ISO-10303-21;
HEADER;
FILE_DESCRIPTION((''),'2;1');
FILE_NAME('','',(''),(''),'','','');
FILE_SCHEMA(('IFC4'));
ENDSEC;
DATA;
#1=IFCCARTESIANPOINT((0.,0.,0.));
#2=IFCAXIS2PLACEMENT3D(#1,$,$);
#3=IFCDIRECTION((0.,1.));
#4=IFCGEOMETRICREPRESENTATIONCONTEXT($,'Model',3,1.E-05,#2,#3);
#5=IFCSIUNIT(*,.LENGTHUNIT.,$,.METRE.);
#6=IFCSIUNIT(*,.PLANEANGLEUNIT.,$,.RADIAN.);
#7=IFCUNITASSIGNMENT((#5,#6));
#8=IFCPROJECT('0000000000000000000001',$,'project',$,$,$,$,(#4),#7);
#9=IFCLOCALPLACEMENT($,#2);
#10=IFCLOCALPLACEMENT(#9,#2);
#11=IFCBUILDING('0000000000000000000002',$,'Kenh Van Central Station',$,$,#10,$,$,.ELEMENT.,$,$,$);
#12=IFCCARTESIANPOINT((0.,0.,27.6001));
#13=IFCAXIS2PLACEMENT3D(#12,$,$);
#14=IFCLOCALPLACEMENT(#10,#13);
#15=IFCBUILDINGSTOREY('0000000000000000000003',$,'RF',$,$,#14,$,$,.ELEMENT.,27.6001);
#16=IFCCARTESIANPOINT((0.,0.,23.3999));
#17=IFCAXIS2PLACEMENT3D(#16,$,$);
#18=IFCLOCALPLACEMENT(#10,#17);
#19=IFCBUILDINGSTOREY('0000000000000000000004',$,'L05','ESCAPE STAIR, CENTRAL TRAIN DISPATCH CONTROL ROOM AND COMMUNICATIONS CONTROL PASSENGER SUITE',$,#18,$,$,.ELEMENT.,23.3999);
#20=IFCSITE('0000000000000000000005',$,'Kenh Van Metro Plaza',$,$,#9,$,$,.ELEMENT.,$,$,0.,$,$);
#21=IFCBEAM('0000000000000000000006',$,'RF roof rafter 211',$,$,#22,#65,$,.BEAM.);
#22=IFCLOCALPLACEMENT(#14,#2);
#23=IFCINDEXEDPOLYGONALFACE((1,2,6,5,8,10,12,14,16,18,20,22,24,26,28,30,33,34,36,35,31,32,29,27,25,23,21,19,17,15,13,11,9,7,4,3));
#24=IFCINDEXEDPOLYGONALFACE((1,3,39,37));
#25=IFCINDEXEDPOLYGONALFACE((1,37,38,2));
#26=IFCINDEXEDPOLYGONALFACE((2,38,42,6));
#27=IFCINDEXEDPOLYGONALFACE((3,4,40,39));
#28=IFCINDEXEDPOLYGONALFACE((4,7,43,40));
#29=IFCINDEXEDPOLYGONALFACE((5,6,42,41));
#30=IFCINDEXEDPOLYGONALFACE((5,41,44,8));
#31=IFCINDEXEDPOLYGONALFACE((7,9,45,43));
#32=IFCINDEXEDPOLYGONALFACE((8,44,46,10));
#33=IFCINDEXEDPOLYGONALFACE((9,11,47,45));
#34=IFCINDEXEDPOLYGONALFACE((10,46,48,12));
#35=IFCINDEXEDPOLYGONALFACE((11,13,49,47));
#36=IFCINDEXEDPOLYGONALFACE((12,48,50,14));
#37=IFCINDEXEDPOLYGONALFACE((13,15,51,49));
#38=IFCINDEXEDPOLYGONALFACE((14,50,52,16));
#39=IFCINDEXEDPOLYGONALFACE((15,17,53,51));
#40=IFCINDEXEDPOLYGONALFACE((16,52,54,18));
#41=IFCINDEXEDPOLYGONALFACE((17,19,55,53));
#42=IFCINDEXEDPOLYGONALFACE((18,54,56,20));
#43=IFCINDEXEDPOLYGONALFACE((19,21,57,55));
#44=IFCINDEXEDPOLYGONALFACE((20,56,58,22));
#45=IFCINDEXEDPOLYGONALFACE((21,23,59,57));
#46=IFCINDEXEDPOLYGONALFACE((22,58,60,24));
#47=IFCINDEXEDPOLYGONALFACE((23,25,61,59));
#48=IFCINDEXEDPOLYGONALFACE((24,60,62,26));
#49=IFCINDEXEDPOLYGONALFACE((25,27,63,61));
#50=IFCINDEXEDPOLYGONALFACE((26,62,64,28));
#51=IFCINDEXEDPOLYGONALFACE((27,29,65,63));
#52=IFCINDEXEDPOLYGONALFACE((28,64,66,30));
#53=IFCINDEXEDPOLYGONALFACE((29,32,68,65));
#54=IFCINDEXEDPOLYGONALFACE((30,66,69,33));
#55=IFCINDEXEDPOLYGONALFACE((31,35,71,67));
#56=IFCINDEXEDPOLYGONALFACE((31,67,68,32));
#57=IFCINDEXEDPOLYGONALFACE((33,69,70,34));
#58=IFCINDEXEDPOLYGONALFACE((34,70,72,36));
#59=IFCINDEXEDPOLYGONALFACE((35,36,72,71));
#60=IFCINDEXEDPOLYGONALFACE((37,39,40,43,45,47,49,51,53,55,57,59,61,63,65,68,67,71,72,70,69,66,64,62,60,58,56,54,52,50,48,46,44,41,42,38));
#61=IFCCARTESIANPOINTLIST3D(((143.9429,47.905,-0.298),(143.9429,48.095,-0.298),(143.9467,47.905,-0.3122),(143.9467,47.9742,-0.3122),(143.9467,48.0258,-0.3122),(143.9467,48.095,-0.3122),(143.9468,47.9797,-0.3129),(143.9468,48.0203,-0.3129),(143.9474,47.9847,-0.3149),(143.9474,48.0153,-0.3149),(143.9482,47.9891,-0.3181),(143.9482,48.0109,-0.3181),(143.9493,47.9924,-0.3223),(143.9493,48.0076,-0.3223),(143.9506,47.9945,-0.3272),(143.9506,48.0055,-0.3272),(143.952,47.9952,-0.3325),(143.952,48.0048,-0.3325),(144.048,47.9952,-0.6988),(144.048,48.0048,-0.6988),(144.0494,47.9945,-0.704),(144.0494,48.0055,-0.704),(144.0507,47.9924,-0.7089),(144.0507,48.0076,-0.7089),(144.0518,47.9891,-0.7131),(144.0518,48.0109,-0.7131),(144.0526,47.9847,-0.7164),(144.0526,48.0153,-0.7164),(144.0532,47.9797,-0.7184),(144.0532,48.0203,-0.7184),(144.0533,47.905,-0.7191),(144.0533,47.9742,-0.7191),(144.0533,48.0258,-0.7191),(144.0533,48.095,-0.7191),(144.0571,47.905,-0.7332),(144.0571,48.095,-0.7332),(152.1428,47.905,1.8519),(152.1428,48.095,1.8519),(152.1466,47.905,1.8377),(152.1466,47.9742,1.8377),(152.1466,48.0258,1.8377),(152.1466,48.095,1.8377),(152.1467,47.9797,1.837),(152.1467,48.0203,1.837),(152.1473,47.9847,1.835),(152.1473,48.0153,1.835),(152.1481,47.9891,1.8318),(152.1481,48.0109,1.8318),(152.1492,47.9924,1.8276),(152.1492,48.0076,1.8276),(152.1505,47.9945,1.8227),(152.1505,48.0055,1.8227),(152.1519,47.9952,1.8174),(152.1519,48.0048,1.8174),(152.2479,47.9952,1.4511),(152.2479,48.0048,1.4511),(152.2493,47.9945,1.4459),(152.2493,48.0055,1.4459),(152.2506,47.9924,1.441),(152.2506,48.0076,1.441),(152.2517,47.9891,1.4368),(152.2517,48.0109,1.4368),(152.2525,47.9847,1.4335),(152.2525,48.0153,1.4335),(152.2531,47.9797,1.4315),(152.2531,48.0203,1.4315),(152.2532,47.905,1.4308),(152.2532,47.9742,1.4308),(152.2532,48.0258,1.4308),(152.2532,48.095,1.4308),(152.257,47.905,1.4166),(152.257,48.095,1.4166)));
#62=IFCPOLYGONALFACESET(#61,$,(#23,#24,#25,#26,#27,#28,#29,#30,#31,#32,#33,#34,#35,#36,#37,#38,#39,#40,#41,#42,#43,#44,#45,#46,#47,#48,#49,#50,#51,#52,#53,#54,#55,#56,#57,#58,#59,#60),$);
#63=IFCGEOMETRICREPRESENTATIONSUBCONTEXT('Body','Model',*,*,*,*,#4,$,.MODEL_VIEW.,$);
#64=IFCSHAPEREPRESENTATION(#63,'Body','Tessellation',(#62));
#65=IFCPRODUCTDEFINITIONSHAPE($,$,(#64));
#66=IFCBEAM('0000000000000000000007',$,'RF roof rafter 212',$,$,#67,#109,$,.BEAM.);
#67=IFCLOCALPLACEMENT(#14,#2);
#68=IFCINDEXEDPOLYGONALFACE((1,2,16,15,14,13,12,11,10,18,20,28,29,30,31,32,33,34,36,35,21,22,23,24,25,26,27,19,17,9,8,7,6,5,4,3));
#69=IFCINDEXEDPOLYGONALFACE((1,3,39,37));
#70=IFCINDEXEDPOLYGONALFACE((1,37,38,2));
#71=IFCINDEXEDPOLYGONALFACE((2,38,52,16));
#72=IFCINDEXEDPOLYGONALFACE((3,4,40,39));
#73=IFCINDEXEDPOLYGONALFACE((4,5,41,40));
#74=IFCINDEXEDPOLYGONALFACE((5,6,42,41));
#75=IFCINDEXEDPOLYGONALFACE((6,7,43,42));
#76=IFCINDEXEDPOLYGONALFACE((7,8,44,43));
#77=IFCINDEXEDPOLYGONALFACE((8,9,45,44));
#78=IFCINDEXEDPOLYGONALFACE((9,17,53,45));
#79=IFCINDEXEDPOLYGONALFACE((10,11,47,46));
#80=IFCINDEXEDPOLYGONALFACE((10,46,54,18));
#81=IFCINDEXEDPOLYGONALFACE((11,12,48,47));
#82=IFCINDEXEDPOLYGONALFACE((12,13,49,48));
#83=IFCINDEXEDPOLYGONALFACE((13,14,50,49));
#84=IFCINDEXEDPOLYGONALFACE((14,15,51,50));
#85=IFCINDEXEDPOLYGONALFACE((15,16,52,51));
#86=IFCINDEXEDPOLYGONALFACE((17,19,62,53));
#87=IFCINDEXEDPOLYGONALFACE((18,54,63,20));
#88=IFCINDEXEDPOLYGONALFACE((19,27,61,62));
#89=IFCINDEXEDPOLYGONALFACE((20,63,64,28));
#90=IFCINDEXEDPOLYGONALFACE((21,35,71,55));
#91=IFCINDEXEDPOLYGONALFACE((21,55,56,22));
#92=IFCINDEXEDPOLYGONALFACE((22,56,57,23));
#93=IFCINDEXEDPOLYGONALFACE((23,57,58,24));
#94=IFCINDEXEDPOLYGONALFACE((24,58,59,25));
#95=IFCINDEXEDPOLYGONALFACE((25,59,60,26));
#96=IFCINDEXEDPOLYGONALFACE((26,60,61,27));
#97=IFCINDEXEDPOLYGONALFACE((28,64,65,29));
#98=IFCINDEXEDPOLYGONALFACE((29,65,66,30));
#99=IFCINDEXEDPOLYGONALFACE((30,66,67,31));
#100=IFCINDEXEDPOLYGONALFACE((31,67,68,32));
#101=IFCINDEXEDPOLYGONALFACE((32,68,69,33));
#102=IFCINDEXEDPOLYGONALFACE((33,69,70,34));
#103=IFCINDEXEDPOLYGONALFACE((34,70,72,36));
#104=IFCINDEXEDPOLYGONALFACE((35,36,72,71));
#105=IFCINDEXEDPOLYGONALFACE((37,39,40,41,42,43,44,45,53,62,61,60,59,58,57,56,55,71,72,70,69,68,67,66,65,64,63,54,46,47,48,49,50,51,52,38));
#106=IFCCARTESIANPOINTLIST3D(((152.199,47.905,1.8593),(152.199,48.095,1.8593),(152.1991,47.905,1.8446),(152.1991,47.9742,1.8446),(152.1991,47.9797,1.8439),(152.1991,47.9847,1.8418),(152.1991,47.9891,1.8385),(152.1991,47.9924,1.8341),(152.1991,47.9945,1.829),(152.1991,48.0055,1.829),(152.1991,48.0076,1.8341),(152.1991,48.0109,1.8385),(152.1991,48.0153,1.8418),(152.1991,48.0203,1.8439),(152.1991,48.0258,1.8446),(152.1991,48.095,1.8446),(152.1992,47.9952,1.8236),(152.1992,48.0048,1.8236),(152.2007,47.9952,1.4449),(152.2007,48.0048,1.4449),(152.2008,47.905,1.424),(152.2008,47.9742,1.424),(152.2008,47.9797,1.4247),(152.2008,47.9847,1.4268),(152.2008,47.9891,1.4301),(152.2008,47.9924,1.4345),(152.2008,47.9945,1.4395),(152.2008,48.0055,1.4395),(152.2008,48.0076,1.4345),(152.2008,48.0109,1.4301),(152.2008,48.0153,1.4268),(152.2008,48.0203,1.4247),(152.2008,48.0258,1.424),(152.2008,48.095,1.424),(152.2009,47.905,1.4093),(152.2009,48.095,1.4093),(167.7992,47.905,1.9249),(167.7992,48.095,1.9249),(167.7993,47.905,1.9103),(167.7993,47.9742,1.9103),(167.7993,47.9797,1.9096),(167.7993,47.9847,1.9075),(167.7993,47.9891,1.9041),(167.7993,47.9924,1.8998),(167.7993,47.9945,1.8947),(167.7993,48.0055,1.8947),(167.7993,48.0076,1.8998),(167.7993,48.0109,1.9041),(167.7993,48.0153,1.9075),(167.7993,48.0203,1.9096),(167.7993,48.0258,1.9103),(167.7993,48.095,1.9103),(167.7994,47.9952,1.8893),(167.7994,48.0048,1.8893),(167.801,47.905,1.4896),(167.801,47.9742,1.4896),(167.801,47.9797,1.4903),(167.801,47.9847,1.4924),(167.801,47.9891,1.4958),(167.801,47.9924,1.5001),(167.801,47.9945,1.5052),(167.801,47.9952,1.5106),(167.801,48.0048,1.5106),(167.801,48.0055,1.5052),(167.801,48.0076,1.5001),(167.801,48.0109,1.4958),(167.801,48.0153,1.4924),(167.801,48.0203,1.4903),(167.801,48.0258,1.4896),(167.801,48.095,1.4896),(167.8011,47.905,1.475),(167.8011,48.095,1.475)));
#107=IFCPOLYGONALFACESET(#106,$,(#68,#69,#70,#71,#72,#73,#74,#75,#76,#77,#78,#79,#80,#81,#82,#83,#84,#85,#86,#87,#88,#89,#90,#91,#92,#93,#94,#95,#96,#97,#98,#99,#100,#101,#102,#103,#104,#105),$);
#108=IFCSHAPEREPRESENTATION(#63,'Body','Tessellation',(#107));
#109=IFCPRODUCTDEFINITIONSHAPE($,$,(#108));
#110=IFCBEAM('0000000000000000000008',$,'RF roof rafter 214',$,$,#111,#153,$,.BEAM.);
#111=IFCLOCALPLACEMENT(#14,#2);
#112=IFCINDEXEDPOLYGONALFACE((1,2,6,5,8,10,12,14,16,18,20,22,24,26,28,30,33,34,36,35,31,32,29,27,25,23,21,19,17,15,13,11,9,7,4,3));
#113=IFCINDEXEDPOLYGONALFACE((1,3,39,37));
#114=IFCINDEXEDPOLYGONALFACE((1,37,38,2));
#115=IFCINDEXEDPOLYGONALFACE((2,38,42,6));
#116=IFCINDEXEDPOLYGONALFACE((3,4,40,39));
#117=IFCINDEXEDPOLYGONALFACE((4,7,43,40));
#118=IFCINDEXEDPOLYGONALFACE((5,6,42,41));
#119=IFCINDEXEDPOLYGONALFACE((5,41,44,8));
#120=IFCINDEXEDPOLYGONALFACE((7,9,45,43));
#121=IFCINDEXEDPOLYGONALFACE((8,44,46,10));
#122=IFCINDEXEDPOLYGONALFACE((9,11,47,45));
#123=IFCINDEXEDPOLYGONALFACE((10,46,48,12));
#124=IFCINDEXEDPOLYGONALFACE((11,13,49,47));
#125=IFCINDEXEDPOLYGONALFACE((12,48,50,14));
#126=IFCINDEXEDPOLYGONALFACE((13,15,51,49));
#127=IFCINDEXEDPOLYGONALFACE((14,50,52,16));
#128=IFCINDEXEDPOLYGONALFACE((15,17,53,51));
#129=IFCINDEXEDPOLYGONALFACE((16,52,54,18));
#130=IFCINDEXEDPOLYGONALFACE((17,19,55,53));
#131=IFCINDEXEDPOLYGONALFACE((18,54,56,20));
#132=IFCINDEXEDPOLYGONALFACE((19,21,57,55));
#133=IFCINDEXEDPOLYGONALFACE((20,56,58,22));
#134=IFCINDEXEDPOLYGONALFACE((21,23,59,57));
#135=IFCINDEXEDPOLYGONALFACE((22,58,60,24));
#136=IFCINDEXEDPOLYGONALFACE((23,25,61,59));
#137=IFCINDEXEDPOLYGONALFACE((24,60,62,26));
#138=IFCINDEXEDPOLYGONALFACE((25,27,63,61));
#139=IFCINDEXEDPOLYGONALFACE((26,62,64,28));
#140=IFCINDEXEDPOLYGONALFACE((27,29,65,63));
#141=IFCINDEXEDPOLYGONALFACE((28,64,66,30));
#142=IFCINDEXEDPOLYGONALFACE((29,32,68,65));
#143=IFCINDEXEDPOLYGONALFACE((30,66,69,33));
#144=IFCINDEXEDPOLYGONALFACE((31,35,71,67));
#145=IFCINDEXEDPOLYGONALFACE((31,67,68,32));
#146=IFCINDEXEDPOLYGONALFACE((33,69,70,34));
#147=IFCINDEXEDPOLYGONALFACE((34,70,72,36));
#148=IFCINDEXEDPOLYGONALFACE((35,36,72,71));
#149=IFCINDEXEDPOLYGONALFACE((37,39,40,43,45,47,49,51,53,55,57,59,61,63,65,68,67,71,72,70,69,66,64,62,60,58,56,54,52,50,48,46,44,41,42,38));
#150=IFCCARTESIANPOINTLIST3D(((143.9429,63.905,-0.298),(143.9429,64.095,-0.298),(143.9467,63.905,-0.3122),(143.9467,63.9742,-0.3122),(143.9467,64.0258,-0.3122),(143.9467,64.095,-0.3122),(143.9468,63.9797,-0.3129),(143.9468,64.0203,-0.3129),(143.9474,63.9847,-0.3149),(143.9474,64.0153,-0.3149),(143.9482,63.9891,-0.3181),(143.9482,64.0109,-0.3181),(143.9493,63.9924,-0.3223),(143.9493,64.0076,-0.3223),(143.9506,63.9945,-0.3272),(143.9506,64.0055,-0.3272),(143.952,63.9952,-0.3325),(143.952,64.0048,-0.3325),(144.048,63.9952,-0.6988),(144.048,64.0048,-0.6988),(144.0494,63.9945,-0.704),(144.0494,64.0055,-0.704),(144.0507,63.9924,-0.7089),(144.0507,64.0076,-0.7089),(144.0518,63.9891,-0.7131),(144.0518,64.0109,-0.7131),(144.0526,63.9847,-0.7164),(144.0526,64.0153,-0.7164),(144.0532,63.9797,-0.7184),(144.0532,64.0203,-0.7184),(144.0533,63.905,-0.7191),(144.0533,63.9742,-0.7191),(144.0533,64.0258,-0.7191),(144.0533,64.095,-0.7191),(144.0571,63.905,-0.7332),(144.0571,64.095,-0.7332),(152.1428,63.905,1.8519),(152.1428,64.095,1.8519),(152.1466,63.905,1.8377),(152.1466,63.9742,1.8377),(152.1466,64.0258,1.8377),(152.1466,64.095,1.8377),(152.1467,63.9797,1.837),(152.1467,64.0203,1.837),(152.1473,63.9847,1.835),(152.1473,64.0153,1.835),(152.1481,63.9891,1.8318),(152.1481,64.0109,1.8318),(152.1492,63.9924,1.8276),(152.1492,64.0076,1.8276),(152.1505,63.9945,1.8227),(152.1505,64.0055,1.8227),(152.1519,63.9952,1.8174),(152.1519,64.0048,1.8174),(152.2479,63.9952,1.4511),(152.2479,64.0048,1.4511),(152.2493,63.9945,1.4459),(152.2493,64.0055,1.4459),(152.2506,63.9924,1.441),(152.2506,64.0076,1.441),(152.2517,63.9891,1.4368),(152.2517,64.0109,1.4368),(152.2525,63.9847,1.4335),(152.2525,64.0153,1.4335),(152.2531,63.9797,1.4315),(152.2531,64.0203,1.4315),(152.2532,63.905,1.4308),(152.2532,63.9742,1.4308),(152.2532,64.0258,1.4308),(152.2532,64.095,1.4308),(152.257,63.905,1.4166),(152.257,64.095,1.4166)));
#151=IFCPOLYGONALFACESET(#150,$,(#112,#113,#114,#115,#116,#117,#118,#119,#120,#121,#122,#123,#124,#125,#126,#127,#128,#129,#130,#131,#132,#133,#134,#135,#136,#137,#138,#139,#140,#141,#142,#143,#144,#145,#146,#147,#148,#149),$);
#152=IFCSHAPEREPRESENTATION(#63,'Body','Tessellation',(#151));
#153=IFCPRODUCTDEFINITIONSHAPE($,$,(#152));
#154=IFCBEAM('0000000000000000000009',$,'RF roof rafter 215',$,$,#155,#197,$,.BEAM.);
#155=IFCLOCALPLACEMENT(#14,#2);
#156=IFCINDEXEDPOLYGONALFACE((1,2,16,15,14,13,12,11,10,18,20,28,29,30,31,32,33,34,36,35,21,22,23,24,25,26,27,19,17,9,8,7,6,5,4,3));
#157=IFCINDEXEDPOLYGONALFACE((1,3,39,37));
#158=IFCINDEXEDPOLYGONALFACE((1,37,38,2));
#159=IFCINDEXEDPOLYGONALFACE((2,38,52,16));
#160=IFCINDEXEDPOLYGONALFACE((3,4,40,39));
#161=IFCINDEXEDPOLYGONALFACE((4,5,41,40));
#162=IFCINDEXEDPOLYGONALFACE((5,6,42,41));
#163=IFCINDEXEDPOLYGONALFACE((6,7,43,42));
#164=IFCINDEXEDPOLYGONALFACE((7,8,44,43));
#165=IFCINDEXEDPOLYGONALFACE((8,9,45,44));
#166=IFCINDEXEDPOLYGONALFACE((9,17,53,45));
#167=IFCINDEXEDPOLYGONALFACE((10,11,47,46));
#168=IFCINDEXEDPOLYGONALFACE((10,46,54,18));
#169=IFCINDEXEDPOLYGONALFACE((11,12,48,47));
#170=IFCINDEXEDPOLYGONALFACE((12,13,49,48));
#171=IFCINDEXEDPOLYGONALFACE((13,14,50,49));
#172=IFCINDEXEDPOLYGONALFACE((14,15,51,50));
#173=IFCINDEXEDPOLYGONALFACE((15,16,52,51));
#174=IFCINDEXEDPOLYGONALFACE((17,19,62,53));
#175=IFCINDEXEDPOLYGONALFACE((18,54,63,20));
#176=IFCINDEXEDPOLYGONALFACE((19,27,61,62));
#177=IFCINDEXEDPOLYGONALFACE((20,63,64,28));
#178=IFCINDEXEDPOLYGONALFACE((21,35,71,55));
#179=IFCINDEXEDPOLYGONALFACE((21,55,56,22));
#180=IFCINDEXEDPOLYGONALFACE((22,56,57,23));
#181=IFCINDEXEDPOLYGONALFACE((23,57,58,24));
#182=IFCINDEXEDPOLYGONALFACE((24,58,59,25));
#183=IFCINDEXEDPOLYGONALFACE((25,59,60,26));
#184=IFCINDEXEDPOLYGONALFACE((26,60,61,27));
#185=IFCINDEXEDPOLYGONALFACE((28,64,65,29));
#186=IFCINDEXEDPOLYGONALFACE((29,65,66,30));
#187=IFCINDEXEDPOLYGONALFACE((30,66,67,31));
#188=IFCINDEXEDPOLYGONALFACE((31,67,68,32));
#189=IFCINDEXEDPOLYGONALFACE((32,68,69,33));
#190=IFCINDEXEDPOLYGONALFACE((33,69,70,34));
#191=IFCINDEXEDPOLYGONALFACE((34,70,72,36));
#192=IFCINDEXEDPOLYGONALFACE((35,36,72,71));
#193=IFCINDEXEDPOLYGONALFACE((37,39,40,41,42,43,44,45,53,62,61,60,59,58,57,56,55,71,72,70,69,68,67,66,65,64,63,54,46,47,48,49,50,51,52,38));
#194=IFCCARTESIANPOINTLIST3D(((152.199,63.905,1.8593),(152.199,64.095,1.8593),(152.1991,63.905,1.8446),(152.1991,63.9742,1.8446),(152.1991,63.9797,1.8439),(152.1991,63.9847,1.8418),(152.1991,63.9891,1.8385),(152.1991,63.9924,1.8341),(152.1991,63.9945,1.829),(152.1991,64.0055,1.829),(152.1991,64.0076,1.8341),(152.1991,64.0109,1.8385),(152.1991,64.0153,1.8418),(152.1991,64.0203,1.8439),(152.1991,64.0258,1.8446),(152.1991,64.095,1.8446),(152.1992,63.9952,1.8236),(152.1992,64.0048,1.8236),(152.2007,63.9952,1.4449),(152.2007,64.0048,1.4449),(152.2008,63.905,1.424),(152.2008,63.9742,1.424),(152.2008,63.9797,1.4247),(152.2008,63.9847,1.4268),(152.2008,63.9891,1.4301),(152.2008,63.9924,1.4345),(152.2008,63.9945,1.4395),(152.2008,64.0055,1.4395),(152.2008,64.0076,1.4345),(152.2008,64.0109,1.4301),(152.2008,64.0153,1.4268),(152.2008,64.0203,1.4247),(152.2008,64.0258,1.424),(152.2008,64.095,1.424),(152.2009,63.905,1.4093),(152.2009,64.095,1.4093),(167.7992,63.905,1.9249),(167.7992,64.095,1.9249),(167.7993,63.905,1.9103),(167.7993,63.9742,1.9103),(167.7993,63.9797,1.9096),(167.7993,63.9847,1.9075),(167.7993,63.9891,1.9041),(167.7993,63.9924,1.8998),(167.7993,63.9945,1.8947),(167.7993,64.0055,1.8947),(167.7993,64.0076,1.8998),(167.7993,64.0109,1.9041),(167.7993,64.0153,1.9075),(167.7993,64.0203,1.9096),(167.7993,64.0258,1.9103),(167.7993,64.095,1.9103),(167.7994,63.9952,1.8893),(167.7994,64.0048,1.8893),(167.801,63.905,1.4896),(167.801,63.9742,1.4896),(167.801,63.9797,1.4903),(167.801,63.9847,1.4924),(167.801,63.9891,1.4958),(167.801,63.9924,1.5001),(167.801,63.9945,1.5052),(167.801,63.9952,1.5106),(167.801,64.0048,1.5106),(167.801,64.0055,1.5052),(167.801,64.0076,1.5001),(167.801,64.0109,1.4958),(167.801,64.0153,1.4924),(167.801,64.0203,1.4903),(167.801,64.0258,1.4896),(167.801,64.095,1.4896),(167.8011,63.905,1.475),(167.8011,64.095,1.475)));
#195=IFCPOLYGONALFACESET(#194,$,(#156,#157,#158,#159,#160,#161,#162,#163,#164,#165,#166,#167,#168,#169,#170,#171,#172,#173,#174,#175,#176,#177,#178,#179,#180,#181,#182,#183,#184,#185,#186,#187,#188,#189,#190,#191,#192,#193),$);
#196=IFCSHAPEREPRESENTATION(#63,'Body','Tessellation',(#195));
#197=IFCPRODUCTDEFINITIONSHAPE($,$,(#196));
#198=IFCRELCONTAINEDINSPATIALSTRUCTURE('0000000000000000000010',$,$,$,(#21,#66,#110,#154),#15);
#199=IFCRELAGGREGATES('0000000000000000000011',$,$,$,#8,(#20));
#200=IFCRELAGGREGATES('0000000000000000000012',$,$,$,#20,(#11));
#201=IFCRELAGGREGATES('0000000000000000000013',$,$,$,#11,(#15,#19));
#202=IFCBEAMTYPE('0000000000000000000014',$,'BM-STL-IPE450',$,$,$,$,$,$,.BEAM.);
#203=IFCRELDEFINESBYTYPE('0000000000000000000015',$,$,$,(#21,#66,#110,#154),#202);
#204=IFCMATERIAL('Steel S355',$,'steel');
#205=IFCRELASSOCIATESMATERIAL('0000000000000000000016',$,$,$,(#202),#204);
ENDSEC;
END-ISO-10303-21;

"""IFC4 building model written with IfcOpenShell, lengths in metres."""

from ifc_helpers import new_model, si_unit, direction, frame, origin, origin_2d, place, context, subcontext, project, spatial, i_section, extrude, material, material_profile, profile_set, type_object, element, save


model = new_model("IFC4")

# Units and contexts
model_context = context("Model", 3, precision=1e-05, world=origin(), true_north=direction((0.0, 1.0)))
body_context = subcontext(model_context, "Body", "Model", "MODEL_VIEW")
ifc_project = project(units=[si_unit("LENGTHUNIT", "METRE"), si_unit("PLANEANGLEUNIT", "RADIAN")], contexts=[model_context])

# Site, building, storey
site_placement = place(None, origin())
site = spatial("IfcSite", under=ifc_project, at=site_placement, Name="Kenh Van Metro Plaza", CompositionType="ELEMENT", RefElevation=0.0)
building_placement = place(site_placement, origin())
building = spatial("IfcBuilding", under=site, at=building_placement, Name="Kenh Van Central Station", CompositionType="ELEMENT")
storey_1_placement = place(building_placement, frame((0.0, 0.0, 27.6001)))
storey_1 = spatial("IfcBuildingStorey", under=building, at=storey_1_placement, Name="RF", CompositionType="ELEMENT", Elevation=27.6001)

# Beams
ifc_material_1 = material(Name="Steel S355", Category="steel")
ifc_material_profile_1 = material_profile(ifc_material_1, i_section(OverallWidth=0.1899, OverallDepth=0.45, WebThickness=0.0095, FlangeThickness=0.0146, FilletRadius=0.021, at=origin_2d()), Name="IPE 450")
ifc_profile_set_1 = profile_set([ifc_material_profile_1], Name="Steel S355")
beam_type = type_object("IfcBeamType", Name="BM-STL-IPE450", PredefinedType="BEAM", material=ifc_profile_set_1)
beam_1_placement = place(storey_1_placement, frame((144.0, 48.0, -0.5156), z_axis=(0.967306, 0.0, 0.253613), x_axis=(0.0, 1.0, 0.0)))
element("IfcBeam", 1, at=beam_1_placement, inside=storey_1, type_object=beam_type, Name="RF roof rafter 211", PredefinedType="BEAM", context=body_context, shape_type="SweptSolid", body=[
    extrude(i_section(OverallWidth=0.1899, OverallDepth=0.45, WebThickness=0.0095, FlangeThickness=0.0146, FilletRadius=0.021, at=origin_2d()), origin(), (0.0, 0.0, 1.0), 8.4771),
])
beam_2_placement = place(storey_1_placement, frame((152.2, 48.0, 1.6343), z_axis=(0.999991, 0.0, 0.00421), x_axis=(0.0, 1.0, 0.0)))
element("IfcBeam", 2, at=beam_2_placement, inside=storey_1, type_object=beam_type, Name="RF roof rafter 212", PredefinedType="BEAM", context=body_context, shape_type="SweptSolid", body=[
    extrude(i_section(OverallWidth=0.1899, OverallDepth=0.45, WebThickness=0.0095, FlangeThickness=0.0146, FilletRadius=0.021, at=origin_2d()), origin(), (0.0, 0.0, 1.0), 15.6003),
])
beam_3_placement = place(storey_1_placement, frame((144.0, 64.0, -0.5156), z_axis=(0.967306, 0.0, 0.253613), x_axis=(0.0, 1.0, 0.0)))
element("IfcBeam", 3, at=beam_3_placement, inside=storey_1, type_object=beam_type, Name="RF roof rafter 214", PredefinedType="BEAM", context=body_context, shape_type="SweptSolid", body=[
    extrude(i_section(OverallWidth=0.1899, OverallDepth=0.45, WebThickness=0.0095, FlangeThickness=0.0146, FilletRadius=0.021, at=origin_2d()), origin(), (0.0, 0.0, 1.0), 8.4771),
])
beam_4_placement = place(storey_1_placement, frame((152.2, 64.0, 1.6343), z_axis=(0.999991, 0.0, 0.00421), x_axis=(0.0, 1.0, 0.0)))
element("IfcBeam", 4, at=beam_4_placement, inside=storey_1, type_object=beam_type, Name="RF roof rafter 215", PredefinedType="BEAM", context=body_context, shape_type="SweptSolid", body=[
    extrude(i_section(OverallWidth=0.1899, OverallDepth=0.45, WebThickness=0.0095, FlangeThickness=0.0146, FilletRadius=0.021, at=origin_2d()), origin(), (0.0, 0.0, 1.0), 15.6003),
])

# Shared definitions
storey_2_placement = place(building_placement, frame((0.0, 0.0, 23.3999)))
storey_2 = spatial("IfcBuildingStorey", under=building, at=storey_2_placement, Name="L05", Description="ESCAPE STAIR, CENTRAL TRAIN DISPATCH CONTROL ROOM AND COMMUNICATIONS CONTROL PASSENGER SUITE", CompositionType="ELEMENT", Elevation=23.3999)

save(model, "model.ifc")
